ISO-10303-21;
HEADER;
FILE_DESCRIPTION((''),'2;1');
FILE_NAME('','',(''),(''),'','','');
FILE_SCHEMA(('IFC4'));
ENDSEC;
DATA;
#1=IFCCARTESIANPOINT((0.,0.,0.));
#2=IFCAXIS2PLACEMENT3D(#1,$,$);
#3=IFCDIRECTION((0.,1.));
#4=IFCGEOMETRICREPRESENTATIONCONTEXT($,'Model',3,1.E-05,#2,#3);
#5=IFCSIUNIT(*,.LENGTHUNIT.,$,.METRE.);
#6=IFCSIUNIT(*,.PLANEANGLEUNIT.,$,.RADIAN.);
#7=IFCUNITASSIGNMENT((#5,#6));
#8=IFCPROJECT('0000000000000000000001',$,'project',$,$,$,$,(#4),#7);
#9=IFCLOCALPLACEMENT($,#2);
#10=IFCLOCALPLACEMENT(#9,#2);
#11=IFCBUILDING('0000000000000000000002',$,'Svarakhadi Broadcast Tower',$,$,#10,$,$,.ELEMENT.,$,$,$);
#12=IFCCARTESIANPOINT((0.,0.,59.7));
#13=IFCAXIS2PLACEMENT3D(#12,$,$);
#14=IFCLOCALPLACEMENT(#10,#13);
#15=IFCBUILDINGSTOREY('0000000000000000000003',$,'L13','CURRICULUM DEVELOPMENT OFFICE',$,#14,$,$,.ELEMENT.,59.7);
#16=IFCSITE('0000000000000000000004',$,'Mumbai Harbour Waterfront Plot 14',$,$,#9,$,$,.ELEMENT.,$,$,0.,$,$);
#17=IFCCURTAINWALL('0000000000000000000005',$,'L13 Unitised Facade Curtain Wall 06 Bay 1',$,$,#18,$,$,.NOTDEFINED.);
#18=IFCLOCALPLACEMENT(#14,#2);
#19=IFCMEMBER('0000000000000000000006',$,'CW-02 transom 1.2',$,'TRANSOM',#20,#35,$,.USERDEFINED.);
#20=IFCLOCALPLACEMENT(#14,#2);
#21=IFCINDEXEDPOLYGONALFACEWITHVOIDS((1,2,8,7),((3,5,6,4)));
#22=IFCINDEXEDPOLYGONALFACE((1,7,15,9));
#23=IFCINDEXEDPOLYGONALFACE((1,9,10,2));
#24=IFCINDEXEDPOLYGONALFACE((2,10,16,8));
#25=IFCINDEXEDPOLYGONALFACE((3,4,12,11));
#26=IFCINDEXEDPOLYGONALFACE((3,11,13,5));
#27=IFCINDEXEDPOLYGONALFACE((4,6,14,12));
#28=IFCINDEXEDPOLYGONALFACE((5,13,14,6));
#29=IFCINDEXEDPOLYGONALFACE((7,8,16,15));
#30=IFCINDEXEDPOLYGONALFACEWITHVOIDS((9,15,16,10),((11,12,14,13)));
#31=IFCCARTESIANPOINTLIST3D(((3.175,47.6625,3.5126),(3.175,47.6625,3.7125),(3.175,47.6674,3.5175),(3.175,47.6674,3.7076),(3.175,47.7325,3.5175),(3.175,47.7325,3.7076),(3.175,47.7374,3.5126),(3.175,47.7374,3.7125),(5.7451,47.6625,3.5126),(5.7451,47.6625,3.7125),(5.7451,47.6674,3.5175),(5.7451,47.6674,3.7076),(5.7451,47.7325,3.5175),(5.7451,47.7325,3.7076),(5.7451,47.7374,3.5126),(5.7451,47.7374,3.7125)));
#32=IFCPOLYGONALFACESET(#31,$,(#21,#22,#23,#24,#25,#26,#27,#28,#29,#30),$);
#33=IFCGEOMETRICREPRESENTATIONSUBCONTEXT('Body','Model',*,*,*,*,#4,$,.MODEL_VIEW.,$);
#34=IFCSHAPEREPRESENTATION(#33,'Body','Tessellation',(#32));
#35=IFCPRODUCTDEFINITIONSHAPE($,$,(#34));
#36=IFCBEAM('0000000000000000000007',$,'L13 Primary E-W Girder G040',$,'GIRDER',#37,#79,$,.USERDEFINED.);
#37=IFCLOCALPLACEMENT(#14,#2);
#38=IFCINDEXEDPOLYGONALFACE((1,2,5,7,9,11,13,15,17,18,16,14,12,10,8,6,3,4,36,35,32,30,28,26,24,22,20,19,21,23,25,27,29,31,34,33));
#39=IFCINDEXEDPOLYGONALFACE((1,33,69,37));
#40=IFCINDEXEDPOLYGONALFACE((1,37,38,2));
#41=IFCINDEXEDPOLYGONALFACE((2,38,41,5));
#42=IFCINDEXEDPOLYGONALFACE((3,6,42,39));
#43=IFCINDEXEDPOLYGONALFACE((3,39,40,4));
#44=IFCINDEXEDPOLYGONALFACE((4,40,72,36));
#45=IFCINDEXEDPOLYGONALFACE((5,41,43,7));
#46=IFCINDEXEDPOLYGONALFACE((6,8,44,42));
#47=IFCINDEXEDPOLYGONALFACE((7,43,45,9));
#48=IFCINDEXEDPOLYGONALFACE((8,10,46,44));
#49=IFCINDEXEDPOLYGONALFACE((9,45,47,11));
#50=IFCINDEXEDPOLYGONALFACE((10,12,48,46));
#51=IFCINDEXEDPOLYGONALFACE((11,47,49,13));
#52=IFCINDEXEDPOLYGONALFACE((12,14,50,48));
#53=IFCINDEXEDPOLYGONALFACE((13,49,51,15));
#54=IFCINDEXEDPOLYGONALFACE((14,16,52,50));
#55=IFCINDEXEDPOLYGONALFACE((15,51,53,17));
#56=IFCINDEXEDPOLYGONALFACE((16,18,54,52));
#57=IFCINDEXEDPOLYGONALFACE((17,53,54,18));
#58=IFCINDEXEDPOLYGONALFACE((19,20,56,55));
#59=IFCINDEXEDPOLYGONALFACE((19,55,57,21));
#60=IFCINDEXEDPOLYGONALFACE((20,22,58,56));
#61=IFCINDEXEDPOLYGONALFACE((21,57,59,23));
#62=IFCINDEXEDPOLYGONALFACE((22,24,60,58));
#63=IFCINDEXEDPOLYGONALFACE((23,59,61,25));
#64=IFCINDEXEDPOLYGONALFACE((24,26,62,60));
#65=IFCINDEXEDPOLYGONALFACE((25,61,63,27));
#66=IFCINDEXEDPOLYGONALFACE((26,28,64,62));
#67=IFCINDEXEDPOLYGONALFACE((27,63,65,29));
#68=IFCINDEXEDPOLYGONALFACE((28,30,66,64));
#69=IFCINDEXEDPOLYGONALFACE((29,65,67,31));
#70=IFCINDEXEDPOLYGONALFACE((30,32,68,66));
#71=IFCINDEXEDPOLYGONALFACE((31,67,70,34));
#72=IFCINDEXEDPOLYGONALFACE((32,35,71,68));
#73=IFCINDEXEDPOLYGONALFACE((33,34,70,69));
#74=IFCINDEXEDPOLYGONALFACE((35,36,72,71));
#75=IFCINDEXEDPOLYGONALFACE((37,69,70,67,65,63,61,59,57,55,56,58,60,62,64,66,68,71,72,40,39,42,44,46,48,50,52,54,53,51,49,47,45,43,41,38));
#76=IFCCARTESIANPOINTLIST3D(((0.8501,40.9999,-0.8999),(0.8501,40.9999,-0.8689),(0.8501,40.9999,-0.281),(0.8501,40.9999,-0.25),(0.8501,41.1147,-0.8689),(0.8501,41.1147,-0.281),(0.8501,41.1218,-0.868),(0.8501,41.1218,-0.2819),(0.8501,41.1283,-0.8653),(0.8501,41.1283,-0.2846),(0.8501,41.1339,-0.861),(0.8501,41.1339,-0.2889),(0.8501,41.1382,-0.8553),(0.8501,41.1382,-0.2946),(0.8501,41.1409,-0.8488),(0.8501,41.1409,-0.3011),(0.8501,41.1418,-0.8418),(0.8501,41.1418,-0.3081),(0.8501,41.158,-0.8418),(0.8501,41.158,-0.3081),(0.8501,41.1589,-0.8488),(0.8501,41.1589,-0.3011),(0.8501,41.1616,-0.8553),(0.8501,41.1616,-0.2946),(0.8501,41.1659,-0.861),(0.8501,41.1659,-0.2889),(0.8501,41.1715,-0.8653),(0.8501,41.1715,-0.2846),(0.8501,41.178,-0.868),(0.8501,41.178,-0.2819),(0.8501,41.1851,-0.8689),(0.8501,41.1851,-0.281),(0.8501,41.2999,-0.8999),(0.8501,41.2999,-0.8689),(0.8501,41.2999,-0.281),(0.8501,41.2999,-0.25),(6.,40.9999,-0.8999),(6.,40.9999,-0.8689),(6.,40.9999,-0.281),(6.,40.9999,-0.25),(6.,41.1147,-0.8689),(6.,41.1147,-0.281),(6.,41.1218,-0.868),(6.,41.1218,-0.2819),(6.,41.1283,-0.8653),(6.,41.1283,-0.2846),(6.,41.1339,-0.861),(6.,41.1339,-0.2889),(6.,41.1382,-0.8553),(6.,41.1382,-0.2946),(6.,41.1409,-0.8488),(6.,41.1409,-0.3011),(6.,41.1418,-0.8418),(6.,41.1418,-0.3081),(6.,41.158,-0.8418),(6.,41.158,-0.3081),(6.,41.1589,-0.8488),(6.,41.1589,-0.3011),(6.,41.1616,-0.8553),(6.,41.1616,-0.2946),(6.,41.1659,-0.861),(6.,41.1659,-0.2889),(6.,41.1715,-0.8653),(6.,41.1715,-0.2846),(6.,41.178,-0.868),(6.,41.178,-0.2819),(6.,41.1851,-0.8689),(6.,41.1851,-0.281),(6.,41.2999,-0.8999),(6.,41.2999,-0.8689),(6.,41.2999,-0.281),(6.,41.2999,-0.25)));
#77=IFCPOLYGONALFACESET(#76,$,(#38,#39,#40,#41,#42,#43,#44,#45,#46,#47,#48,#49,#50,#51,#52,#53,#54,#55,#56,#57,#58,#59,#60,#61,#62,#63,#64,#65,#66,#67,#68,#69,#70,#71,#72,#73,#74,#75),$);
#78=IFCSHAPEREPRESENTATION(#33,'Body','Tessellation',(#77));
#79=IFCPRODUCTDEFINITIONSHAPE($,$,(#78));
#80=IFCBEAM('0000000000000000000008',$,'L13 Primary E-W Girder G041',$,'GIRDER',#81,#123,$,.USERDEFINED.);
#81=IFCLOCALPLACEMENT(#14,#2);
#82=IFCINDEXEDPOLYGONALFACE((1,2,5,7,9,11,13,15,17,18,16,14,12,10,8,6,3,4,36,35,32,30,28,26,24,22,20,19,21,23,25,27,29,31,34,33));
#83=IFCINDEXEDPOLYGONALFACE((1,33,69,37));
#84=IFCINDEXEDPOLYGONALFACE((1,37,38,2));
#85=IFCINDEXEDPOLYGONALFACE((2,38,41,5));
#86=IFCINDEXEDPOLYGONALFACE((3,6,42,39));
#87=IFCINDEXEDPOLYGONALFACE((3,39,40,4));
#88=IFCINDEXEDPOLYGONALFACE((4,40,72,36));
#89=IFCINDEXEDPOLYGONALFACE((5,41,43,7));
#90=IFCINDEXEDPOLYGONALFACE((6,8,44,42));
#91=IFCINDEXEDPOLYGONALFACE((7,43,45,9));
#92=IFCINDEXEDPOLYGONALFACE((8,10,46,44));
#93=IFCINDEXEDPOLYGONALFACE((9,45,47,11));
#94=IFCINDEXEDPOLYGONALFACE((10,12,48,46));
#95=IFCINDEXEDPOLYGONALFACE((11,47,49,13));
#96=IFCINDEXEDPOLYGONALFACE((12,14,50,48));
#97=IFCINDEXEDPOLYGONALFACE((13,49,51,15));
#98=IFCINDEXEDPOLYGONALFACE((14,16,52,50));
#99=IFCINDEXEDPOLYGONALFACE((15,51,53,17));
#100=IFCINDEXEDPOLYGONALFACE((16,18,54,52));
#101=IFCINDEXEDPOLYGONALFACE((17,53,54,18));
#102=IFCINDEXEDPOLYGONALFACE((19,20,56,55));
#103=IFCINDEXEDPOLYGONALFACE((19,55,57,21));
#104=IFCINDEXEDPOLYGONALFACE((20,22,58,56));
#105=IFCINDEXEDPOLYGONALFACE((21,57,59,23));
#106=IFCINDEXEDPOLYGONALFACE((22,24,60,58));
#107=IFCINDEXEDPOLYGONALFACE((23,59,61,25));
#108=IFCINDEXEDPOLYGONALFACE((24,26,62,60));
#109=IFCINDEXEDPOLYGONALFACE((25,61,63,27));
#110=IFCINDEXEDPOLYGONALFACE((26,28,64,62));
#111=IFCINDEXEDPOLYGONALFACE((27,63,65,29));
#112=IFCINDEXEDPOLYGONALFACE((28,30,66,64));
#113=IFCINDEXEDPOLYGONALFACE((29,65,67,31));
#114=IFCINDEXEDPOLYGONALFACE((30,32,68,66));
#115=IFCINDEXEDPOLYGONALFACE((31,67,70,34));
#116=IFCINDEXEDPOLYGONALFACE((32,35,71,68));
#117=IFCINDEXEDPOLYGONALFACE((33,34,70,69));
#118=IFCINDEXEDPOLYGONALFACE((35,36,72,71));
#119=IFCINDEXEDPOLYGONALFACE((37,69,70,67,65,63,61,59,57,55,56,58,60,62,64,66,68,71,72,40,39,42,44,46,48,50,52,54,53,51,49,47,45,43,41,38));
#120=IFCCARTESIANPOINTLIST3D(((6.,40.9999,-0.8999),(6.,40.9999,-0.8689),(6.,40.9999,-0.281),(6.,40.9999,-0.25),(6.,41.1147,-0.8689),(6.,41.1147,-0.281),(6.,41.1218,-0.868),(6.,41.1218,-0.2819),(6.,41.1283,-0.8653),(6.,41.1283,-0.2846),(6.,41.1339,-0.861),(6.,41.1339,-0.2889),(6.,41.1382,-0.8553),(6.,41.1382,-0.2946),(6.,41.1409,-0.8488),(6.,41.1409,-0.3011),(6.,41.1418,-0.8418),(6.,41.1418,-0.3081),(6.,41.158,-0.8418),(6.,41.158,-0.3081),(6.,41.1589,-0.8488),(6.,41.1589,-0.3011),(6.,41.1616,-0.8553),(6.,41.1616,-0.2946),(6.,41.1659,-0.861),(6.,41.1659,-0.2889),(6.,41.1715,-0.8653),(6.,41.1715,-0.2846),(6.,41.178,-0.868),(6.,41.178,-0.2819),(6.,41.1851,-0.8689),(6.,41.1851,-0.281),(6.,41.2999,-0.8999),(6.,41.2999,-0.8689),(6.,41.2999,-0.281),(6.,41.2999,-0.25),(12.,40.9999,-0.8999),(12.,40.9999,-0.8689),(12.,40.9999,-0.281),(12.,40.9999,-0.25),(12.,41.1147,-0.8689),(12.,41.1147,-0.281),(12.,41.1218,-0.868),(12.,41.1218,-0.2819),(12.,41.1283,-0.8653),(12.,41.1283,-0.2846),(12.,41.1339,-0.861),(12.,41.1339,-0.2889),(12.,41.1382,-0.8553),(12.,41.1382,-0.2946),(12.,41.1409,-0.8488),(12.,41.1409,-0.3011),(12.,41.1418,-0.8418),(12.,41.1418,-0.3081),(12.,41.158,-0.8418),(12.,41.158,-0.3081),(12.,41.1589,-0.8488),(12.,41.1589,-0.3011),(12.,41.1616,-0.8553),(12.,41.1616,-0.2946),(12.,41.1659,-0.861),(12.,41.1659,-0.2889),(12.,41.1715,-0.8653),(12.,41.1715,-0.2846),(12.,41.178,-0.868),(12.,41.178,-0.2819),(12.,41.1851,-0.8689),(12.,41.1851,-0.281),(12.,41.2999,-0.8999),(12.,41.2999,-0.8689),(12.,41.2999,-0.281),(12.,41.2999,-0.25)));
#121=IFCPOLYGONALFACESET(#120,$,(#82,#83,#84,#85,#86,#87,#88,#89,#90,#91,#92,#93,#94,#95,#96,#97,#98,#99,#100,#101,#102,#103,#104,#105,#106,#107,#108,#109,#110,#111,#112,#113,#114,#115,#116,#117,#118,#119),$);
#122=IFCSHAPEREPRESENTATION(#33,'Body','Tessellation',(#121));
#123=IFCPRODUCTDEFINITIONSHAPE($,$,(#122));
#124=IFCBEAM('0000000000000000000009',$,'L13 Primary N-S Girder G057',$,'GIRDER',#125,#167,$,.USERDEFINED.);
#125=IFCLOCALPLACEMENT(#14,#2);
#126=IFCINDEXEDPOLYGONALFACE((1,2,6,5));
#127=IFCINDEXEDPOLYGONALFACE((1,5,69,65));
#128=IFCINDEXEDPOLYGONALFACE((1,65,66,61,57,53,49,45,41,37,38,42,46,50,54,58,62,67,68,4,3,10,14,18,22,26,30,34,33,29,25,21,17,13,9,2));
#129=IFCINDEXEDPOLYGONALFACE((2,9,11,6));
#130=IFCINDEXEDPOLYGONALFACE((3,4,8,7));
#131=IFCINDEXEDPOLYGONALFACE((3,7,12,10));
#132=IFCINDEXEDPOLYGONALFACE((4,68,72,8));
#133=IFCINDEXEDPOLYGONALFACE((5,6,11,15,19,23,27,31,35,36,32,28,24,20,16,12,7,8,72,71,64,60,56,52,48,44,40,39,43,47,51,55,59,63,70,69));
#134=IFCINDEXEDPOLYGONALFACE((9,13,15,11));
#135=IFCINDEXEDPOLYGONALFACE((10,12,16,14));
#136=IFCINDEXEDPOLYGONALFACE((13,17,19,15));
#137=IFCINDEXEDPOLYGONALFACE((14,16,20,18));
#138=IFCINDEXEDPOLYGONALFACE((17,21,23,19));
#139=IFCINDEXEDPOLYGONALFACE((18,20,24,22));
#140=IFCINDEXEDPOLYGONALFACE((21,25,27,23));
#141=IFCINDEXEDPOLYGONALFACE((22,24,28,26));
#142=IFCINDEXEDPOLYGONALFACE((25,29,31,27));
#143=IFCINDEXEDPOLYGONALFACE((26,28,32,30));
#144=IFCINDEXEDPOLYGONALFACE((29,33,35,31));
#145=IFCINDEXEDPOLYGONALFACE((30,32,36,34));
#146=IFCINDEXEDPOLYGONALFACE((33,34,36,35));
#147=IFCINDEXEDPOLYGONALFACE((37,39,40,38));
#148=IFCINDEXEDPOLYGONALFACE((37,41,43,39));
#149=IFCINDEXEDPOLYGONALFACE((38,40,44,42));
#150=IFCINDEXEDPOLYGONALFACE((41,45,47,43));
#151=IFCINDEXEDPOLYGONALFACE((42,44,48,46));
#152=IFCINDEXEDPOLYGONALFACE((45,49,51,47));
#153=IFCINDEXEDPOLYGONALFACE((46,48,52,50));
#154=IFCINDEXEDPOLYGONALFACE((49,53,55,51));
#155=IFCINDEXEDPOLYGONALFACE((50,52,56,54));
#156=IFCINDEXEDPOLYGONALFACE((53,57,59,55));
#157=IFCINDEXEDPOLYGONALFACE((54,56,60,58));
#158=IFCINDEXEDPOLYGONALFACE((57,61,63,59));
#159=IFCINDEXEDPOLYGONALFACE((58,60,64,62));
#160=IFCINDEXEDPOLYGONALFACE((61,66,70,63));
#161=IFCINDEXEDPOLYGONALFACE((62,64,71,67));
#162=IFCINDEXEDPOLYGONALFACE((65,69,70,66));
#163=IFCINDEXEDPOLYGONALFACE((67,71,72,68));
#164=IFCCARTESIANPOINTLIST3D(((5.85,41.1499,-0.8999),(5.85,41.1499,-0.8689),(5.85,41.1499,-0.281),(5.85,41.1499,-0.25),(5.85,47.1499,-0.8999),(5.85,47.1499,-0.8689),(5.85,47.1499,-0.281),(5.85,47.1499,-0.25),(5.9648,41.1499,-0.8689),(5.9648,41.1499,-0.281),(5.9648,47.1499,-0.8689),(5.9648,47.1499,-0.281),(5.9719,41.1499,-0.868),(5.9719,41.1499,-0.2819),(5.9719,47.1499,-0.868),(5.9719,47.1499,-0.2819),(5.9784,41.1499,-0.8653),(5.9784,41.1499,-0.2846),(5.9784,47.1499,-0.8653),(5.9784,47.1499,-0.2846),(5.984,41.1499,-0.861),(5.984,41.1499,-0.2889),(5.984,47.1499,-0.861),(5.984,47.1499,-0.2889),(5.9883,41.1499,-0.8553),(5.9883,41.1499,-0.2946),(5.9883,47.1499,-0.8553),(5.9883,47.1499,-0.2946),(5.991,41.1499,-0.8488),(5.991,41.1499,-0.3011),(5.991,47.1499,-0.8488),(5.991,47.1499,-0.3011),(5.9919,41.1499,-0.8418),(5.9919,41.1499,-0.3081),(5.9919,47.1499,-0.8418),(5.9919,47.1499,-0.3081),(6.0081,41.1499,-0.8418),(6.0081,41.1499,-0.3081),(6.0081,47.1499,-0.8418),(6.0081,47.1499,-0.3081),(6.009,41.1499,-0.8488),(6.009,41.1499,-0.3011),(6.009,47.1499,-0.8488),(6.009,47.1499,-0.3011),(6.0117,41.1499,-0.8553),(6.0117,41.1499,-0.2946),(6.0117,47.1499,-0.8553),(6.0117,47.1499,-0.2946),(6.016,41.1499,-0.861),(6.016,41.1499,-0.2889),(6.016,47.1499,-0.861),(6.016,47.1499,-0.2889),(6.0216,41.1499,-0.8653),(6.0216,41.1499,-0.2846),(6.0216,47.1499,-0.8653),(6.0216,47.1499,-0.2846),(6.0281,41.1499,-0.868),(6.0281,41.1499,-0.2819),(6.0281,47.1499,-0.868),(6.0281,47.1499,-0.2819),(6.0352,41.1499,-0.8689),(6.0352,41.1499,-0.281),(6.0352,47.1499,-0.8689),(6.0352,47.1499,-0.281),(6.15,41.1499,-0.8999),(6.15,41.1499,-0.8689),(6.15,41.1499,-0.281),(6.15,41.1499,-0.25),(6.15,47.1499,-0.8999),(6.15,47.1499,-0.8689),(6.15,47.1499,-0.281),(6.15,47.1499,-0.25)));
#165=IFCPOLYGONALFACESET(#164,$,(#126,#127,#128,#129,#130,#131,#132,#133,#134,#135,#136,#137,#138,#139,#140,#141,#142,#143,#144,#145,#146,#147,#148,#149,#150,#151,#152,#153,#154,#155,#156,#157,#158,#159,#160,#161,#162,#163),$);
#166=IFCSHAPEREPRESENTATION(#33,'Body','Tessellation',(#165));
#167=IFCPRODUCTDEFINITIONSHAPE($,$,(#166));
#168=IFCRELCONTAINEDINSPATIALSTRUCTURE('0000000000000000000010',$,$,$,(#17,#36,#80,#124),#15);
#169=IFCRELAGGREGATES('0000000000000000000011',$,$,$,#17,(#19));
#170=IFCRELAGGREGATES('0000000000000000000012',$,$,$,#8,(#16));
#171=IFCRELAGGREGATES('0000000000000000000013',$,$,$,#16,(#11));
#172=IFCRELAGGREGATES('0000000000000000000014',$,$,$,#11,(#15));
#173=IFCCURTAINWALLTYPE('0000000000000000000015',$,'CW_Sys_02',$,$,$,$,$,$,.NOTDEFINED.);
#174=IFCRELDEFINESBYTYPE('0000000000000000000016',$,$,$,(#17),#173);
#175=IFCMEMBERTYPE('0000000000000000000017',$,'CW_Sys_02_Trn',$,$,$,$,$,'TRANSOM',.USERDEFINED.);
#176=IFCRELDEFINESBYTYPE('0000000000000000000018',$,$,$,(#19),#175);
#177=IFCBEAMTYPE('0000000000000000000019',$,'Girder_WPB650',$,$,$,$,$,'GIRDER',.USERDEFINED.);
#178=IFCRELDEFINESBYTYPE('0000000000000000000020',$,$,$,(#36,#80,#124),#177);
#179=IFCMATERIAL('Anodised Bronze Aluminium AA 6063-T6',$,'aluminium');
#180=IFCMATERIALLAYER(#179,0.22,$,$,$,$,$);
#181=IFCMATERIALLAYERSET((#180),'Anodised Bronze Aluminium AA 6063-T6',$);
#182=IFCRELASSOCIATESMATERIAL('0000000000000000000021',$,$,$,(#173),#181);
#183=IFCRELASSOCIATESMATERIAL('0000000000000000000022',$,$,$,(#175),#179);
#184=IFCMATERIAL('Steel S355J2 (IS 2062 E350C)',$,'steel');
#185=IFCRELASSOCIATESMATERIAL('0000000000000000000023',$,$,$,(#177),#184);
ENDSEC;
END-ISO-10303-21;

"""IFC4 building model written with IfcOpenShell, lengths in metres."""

from ifc_helpers import new_model, si_unit, direction, frame, origin, origin_2d, place, context, subcontext, project, spatial, hollow_rectangle, i_section, extrude, material, layer, layer_set, material_profile, profile_set, type_object, element, aggregate, save


model = new_model("IFC4")

# Units and contexts
model_context = context("Model", 3, precision=1e-05, world=origin(), true_north=direction((0.0, 1.0)))
body_context = subcontext(model_context, "Body", "Model", "MODEL_VIEW")
ifc_project = project(units=[si_unit("LENGTHUNIT", "METRE"), si_unit("PLANEANGLEUNIT", "RADIAN")], contexts=[model_context])

# Site, building, storey
site_placement = place(None, origin())
site = spatial("IfcSite", under=ifc_project, at=site_placement, Name="Mumbai Harbour Waterfront Plot 14", CompositionType="ELEMENT", RefElevation=0.0)
building_placement = place(site_placement, origin())
building = spatial("IfcBuilding", under=site, at=building_placement, Name="Svarakhadi Broadcast Tower", CompositionType="ELEMENT")
storey_placement = place(building_placement, frame((0.0, 0.0, 59.7)))
storey = spatial("IfcBuildingStorey", under=building, at=storey_placement, Name="L13", Description="CURRICULUM DEVELOPMENT OFFICE", CompositionType="ELEMENT", Elevation=59.7)

# Shared definitions
ifc_material_1 = material(Name="Steel S355J2 (IS 2062 E350C)", Category="steel")

# Curtain wall
ifc_material_2 = material(Name="Anodised Bronze Aluminium AA 6063-T6", Category="aluminium")
ifc_layer_1 = layer(ifc_material_2, 0.22)
ifc_layer_set_1 = layer_set([ifc_layer_1], Name="Anodised Bronze Aluminium AA 6063-T6")
curtain_wall_type = type_object("IfcCurtainWallType", Name="CW_Sys_02", PredefinedType="NOTDEFINED", material=ifc_layer_set_1)
curtain_wall_1_placement = place(storey_placement, origin())
curtain_wall_1 = element("IfcCurtainWall", 1, at=curtain_wall_1_placement, inside=storey, type_object=curtain_wall_type, Name="L13 Unitised Facade Curtain Wall 06 Bay 1", PredefinedType="NOTDEFINED")

# Member
ifc_material_profile_1 = material_profile(ifc_material_2, hollow_rectangle(XDim=0.075, YDim=0.2, WallThickness=0.0049, at=origin_2d()), Name="ALU TRANSOM 200x75x5")
ifc_profile_set_1 = profile_set([ifc_material_profile_1], Name="Anodised Bronze Aluminium AA 6063-T6")
member_type_1 = type_object("IfcMemberType", Name="CW_Sys_02_Trn", ElementType="TRANSOM", PredefinedType="USERDEFINED", material=ifc_profile_set_1)
member_1_placement = place(storey_placement, frame((3.175, 47.7, 3.6125), z_axis=(1.0, 0.0, 0.0), x_axis=(0.0, 1.0, 0.0)))
member_1 = element("IfcMember", 2, at=member_1_placement, type_object=member_type_1, Name="CW-02 transom 1.2", ObjectType="TRANSOM", PredefinedType="USERDEFINED", context=body_context, shape_type="SweptSolid", body=[
    extrude(hollow_rectangle(XDim=0.075, YDim=0.2, WallThickness=0.0049, at=origin_2d()), origin(), (0.0, 0.0, 1.0), 2.5701),
])

# Beams
ifc_material_profile_2 = material_profile(ifc_material_1, i_section(OverallWidth=0.3, OverallDepth=0.6499, WebThickness=0.0161, FlangeThickness=0.031, FilletRadius=0.0271, at=origin_2d()), Name="WPB 650x300x225")
ifc_profile_set_2 = profile_set([ifc_material_profile_2], Name="Steel S355J2 (IS 2062 E350C)")
beam_type_1 = type_object("IfcBeamType", Name="Girder_WPB650", ElementType="GIRDER", PredefinedType="USERDEFINED", material=ifc_profile_set_2)
beam_1_placement = place(storey_placement, frame((0.8501, 41.1499, -0.575), z_axis=(1.0, 0.0, 0.0), x_axis=(0.0, 1.0, 0.0)))
element("IfcBeam", 3, at=beam_1_placement, inside=storey, type_object=beam_type_1, Name="L13 Primary E-W Girder G040", ObjectType="GIRDER", PredefinedType="USERDEFINED", context=body_context, shape_type="SweptSolid", body=[
    extrude(i_section(OverallWidth=0.3, OverallDepth=0.6499, WebThickness=0.0161, FlangeThickness=0.031, FilletRadius=0.0271, at=origin_2d()), origin(), (0.0, 0.0, 1.0), 5.1499),
])
for number, where, z_axis, x_axis, name in (
    (4, (6.0, 41.1499, -0.575), (1.0, 0.0, 0.0), (0.0, 1.0, 0.0), "L13 Primary E-W Girder G041"),
    (5, (6.0, 41.1499, -0.575), (0.0, 1.0, 0.0), (-1.0, 0.0, 0.0), "L13 Primary N-S Girder G057"),
):
    element("IfcBeam", number, at=place(storey_placement, frame(where, z_axis=z_axis, x_axis=x_axis)), inside=storey, type_object=beam_type_1, Name=name, ObjectType="GIRDER", PredefinedType="USERDEFINED", context=body_context, shape_type="SweptSolid", body=[
        extrude(i_section(OverallWidth=0.3, OverallDepth=0.6499, WebThickness=0.0161, FlangeThickness=0.031, FilletRadius=0.0271, at=origin_2d()), origin(), (0.0, 0.0, 1.0), 6.0),
    ])

aggregate(curtain_wall_1, [member_1])

save(model, "model.ifc")
